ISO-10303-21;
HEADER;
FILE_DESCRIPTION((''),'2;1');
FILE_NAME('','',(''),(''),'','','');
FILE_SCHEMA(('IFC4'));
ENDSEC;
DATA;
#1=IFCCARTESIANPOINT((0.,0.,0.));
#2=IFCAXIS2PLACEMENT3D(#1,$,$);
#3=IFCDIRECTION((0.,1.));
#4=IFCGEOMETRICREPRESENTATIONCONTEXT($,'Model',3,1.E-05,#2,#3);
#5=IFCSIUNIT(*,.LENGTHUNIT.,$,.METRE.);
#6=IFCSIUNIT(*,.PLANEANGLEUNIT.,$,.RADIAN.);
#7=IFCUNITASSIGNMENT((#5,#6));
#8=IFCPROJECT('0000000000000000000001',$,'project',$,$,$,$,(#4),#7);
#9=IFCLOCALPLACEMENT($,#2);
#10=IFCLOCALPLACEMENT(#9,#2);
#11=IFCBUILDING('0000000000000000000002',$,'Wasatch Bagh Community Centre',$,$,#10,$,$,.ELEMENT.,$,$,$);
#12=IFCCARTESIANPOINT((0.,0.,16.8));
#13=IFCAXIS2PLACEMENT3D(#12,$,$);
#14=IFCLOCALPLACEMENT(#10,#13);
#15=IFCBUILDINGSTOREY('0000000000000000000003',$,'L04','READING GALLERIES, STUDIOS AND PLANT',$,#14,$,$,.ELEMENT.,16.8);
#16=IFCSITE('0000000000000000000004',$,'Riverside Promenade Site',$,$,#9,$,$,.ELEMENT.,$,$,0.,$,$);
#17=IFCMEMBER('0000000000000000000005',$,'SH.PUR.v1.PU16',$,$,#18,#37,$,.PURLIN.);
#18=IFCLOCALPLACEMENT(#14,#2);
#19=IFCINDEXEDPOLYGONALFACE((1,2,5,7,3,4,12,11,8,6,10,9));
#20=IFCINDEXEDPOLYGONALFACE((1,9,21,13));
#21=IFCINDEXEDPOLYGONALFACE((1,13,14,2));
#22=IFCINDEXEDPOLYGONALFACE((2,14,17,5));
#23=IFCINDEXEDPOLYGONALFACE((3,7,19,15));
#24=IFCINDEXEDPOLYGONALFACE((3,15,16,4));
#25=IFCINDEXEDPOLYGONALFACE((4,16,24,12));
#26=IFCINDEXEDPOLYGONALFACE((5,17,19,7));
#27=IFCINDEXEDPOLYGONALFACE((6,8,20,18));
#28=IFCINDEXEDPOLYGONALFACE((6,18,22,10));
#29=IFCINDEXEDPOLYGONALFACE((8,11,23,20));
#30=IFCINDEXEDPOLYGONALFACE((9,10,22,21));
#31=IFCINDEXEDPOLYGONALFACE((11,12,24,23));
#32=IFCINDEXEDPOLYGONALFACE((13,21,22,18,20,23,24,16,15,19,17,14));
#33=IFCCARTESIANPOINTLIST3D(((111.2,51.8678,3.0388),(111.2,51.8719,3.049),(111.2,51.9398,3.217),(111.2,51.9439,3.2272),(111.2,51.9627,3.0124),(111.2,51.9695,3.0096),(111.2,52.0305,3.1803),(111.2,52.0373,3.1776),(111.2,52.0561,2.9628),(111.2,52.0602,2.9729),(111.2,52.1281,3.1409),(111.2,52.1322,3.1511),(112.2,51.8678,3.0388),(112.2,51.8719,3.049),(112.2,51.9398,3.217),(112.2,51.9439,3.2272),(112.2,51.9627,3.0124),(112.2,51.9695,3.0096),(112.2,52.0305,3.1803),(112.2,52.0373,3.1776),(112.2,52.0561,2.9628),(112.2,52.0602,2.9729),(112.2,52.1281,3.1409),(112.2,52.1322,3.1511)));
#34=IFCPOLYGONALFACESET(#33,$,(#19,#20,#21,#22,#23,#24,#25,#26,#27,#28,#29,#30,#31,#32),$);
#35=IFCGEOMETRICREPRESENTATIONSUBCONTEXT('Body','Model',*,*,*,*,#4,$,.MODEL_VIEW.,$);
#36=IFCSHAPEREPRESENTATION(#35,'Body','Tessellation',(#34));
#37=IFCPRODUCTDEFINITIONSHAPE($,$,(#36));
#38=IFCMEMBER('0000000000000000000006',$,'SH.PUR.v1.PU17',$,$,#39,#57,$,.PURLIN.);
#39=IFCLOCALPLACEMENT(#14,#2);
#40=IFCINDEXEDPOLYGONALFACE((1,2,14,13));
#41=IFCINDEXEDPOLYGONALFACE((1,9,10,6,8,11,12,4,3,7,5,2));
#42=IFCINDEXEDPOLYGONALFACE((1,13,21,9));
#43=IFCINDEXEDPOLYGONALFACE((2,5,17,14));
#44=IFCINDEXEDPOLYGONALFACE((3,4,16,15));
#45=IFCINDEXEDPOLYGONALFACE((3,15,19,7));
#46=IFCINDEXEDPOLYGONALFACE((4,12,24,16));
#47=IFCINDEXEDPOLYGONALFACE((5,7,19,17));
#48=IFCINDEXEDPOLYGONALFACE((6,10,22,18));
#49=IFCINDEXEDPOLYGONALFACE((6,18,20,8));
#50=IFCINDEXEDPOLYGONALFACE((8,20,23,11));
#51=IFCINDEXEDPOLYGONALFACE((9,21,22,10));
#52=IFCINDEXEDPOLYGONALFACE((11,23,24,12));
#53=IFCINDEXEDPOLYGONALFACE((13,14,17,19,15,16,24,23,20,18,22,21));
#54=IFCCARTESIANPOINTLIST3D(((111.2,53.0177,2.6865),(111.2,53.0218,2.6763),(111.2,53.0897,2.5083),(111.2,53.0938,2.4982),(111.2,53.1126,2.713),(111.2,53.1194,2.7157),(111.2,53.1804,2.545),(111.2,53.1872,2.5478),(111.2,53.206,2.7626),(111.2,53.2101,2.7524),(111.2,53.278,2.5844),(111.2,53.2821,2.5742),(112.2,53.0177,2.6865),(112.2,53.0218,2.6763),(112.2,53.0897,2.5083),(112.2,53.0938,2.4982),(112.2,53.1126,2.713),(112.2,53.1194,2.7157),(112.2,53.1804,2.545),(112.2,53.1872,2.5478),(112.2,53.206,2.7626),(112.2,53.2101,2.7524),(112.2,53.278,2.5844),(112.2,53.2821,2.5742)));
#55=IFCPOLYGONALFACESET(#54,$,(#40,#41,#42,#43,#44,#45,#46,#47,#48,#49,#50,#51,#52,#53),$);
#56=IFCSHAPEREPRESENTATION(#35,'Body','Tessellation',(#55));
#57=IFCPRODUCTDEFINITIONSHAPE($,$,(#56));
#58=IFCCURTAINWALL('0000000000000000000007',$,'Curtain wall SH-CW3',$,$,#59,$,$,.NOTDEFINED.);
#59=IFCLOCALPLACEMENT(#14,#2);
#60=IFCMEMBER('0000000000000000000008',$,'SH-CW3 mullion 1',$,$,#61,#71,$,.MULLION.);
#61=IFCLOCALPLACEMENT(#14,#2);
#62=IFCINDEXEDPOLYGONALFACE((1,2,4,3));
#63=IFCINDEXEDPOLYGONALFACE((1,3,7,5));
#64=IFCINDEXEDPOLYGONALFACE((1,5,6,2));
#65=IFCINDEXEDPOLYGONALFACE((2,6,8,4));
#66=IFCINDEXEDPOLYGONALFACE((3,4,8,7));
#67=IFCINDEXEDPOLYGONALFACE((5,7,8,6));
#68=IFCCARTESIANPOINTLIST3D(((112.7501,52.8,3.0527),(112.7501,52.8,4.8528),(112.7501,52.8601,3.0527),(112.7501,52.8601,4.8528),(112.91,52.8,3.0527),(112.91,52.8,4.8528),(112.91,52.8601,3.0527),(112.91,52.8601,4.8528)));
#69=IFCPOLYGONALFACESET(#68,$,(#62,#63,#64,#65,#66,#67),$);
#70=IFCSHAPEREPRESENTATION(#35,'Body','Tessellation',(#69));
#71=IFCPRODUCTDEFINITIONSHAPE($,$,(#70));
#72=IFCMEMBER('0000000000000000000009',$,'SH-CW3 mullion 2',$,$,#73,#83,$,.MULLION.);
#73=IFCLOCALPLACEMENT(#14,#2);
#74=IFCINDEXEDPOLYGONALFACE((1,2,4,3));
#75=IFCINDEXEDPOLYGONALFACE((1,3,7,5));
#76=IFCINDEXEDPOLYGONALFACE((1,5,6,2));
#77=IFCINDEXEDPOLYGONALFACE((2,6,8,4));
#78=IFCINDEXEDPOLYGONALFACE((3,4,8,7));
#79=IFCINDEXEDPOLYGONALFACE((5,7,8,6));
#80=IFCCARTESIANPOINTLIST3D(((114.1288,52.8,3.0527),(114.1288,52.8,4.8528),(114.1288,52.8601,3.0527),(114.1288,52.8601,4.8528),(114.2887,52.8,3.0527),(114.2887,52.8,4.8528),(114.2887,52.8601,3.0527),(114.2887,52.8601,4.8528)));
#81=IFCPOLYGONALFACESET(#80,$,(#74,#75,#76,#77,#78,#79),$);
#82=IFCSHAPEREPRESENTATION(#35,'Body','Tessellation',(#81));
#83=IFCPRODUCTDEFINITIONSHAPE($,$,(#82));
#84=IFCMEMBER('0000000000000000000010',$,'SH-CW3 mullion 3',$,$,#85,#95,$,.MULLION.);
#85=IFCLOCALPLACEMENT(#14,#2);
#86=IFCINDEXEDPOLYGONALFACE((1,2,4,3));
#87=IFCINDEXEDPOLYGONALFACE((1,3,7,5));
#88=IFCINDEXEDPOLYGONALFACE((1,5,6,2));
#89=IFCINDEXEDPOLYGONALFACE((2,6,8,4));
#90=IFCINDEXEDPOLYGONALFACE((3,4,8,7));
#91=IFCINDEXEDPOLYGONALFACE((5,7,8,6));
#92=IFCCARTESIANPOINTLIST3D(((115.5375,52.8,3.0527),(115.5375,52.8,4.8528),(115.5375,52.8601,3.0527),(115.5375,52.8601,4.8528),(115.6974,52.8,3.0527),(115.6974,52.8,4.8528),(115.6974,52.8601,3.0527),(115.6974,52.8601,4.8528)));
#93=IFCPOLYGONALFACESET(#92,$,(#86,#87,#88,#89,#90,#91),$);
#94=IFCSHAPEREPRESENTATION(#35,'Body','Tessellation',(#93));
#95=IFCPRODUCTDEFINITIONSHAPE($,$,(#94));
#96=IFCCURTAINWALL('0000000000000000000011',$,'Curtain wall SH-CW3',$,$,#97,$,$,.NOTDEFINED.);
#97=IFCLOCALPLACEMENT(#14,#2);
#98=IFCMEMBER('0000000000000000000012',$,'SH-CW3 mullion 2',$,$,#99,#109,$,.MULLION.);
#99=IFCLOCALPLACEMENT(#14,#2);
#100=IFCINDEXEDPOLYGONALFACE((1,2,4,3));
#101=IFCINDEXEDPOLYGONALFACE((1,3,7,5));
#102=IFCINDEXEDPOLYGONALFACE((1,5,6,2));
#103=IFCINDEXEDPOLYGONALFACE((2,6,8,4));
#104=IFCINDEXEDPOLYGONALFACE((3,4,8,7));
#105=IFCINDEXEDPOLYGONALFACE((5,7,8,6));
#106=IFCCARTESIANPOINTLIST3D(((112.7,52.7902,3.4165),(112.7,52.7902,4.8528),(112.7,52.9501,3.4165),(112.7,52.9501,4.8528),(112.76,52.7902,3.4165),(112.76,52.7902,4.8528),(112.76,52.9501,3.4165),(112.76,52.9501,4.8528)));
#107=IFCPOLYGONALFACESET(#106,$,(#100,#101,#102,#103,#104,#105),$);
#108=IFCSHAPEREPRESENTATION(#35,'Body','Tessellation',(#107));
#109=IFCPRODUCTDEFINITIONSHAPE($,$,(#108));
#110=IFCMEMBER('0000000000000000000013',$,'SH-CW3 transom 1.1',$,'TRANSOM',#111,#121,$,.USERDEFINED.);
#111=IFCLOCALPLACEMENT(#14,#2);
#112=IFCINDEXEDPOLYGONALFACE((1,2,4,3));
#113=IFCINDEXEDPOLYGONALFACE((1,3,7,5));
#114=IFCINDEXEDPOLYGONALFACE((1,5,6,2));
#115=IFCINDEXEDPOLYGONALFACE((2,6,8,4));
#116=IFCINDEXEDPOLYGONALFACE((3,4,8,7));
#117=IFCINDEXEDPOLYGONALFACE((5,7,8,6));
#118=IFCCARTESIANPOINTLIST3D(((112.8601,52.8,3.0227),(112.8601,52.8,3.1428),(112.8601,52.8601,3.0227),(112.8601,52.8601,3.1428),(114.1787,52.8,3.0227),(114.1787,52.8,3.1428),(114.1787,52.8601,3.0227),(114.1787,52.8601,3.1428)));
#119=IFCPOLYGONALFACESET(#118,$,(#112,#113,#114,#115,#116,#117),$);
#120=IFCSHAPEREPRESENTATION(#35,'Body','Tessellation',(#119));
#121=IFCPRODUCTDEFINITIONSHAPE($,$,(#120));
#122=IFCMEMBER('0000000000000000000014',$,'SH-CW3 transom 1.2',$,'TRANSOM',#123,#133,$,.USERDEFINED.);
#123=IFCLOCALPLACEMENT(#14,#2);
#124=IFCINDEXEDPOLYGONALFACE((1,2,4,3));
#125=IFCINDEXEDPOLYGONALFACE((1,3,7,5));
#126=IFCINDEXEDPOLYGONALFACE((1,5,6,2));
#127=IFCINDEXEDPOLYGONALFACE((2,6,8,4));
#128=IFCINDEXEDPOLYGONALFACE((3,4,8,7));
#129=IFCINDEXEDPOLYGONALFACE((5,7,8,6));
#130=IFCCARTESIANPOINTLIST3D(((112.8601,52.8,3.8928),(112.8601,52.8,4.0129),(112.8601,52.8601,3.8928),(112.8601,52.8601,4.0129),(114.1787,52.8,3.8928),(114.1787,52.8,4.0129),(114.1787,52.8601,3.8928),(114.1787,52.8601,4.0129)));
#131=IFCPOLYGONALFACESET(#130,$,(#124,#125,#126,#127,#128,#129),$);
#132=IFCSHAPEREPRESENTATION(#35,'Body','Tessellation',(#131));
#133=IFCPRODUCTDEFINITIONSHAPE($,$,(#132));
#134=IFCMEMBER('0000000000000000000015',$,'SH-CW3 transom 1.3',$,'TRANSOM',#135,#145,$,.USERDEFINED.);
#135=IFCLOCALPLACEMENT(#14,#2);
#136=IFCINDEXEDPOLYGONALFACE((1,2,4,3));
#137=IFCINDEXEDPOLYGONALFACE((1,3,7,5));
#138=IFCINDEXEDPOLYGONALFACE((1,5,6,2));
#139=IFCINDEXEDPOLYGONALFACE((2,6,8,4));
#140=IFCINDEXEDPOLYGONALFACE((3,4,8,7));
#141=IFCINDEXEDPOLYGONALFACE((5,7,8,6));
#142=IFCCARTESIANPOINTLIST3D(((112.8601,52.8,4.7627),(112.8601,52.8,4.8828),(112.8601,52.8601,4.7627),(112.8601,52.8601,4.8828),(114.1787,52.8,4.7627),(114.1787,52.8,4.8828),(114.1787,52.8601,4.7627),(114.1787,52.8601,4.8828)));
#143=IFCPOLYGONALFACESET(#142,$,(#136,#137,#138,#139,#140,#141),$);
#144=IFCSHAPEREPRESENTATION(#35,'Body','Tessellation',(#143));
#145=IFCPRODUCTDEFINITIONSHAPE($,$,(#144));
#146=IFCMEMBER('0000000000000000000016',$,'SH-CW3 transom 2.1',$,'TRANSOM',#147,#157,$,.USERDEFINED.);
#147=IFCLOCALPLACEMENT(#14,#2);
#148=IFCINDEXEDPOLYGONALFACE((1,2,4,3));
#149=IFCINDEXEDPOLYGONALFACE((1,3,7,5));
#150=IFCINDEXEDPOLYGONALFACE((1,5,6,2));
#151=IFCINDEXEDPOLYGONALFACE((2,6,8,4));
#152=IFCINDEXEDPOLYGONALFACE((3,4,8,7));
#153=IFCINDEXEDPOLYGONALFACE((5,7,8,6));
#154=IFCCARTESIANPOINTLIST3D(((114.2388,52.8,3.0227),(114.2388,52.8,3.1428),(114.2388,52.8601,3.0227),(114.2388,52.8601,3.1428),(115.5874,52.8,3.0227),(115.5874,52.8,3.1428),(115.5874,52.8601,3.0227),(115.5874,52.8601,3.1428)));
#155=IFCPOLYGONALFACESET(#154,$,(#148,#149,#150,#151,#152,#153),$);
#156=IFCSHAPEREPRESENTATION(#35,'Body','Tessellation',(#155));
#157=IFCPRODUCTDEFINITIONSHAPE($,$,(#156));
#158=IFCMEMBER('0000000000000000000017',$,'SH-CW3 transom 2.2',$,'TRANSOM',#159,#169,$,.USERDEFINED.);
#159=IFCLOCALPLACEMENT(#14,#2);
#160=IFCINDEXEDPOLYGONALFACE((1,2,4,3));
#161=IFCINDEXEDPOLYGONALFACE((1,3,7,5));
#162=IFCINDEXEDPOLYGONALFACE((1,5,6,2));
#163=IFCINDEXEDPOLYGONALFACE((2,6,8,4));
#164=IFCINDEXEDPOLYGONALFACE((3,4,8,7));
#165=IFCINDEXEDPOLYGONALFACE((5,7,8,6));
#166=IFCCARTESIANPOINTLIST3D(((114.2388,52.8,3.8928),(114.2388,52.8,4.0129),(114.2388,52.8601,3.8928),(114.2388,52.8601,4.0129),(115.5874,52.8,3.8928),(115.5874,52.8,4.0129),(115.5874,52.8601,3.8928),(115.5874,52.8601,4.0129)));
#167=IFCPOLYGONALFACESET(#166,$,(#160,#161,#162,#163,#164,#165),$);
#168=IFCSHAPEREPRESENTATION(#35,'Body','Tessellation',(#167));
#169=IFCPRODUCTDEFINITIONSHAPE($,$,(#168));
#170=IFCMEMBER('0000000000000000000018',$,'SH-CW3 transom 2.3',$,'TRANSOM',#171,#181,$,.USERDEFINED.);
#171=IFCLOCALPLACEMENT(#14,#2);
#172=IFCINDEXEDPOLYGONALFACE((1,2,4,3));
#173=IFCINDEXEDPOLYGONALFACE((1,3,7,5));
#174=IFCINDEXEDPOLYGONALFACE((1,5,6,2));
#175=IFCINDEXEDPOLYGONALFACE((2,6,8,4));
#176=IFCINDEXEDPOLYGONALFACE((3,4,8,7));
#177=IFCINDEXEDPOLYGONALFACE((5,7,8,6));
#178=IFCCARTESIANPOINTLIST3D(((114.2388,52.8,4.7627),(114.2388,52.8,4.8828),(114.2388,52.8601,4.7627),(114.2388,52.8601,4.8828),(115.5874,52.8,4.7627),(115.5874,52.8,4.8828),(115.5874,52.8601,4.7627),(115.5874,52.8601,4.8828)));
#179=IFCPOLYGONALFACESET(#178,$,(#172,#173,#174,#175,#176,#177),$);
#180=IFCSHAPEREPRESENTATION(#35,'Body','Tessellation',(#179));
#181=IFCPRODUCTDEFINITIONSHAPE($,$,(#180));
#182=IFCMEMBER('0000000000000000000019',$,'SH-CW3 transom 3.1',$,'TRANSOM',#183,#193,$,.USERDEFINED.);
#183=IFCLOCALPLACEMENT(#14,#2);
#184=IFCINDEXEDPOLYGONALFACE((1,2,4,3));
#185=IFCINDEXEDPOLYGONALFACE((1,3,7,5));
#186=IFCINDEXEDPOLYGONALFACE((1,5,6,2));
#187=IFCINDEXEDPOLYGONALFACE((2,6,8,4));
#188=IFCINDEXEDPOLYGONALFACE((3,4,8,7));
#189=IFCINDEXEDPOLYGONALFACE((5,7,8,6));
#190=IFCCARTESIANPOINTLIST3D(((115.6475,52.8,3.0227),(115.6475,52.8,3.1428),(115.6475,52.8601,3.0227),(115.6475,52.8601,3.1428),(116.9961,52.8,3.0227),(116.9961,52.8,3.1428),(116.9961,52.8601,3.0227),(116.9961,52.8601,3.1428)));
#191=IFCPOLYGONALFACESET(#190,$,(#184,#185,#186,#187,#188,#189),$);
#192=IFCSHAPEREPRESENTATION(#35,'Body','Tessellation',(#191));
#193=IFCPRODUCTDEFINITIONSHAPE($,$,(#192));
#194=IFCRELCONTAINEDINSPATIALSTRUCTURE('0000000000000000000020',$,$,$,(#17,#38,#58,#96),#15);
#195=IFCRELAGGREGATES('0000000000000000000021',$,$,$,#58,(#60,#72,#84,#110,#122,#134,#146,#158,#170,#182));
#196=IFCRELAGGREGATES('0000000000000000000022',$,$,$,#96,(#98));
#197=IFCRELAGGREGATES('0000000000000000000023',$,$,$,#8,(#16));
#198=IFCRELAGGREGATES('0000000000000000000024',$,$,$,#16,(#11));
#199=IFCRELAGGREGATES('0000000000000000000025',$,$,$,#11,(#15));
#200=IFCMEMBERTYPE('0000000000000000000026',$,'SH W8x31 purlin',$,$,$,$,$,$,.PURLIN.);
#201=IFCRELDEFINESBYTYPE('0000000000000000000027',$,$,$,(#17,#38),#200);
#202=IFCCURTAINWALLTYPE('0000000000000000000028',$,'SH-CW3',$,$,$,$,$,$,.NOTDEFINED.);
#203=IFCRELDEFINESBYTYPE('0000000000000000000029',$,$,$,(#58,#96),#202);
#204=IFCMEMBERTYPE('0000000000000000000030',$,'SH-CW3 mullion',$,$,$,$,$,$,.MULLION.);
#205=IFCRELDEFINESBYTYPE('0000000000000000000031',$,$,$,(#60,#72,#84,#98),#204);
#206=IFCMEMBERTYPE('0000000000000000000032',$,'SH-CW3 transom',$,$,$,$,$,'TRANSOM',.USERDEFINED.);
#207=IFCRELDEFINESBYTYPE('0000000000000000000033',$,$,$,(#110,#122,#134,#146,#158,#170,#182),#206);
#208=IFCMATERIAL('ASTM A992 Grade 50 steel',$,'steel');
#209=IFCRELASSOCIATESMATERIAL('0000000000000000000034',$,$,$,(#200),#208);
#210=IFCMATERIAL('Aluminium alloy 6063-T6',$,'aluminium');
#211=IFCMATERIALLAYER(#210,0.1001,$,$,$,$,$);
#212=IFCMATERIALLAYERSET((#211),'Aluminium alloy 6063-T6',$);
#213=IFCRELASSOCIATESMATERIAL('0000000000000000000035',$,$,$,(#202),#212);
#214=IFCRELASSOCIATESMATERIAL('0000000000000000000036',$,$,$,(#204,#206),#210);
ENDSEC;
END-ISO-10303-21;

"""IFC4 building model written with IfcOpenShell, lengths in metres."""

from ifc_helpers import new_model, si_unit, direction, frame, origin, origin_2d, place, context, subcontext, project, spatial, rectangle, i_section, extrude, material, layer, layer_set, material_profile, profile_set, type_object, element, aggregate, save


model = new_model("IFC4")

# Units and contexts
model_context = context("Model", 3, precision=1e-05, world=origin(), true_north=direction((0.0, 1.0)))
body_context = subcontext(model_context, "Body", "Model", "MODEL_VIEW")
ifc_project = project(units=[si_unit("LENGTHUNIT", "METRE"), si_unit("PLANEANGLEUNIT", "RADIAN")], contexts=[model_context])

# Site, building, storey
site_placement = place(None, origin())
site = spatial("IfcSite", under=ifc_project, at=site_placement, Name="Riverside Promenade Site", CompositionType="ELEMENT", RefElevation=0.0)
building_placement = place(site_placement, origin())
building = spatial("IfcBuilding", under=site, at=building_placement, Name="Wasatch Bagh Community Centre", CompositionType="ELEMENT")
storey_placement = place(building_placement, frame((0.0, 0.0, 16.8)))
storey = spatial("IfcBuildingStorey", under=building, at=storey_placement, Name="L04", Description="READING GALLERIES, STUDIOS AND PLANT", CompositionType="ELEMENT", Elevation=16.8)

# Members
ifc_material_1 = material(Name="ASTM A992 Grade 50 steel", Category="steel")
ifc_material_profile_1 = material_profile(ifc_material_1, i_section(OverallWidth=0.2031, OverallDepth=0.2031, WebThickness=0.0073, FlangeThickness=0.011, at=origin_2d()), Name="W8x31")
ifc_profile_set_1 = profile_set([ifc_material_profile_1], Name="ASTM A992 Grade 50 steel")
member_type_1 = type_object("IfcMemberType", Name="SH W8x31 purlin", PredefinedType="PURLIN", material=ifc_profile_set_1)
for number, where, z_axis, x_axis, name in (
    (1, (111.2, 52.0, 3.095), (1.0, 0.0, 0.0), (0.0, 0.927184, -0.374607), "SH.PUR.v1.PU16"),
    (2, (111.2, 53.1499, 2.6304), (1.0, 0.0, 0.0), (0.0, 0.927184, 0.374607), "SH.PUR.v1.PU17"),
):
    element("IfcMember", number, at=place(storey_placement, frame(where, z_axis=z_axis, x_axis=x_axis)), inside=storey, type_object=member_type_1, Name=name, PredefinedType="PURLIN", context=body_context, shape_type="SweptSolid", body=[
        extrude(i_section(OverallWidth=0.2031, OverallDepth=0.2031, WebThickness=0.0073, FlangeThickness=0.011, at=origin_2d()), origin(), (0.0, 0.0, 1.0), 1.0),
    ])

# Curtain wall, members
ifc_material_2 = material(Name="Aluminium alloy 6063-T6", Category="aluminium")
ifc_layer_1 = layer(ifc_material_2, 0.1001)
ifc_layer_set_1 = layer_set([ifc_layer_1], Name="Aluminium alloy 6063-T6")
curtain_wall_type = type_object("IfcCurtainWallType", Name="SH-CW3", PredefinedType="NOTDEFINED", material=ifc_layer_set_1)
curtain_wall_1_placement = place(storey_placement, origin())
curtain_wall_1 = element("IfcCurtainWall", 3, at=curtain_wall_1_placement, inside=storey, type_object=curtain_wall_type, Name="Curtain wall SH-CW3", PredefinedType="NOTDEFINED")
ifc_material_profile_2 = material_profile(ifc_material_2, rectangle(XDim=0.0601, YDim=0.1599, at=origin_2d()), Name="AL 60x160")
ifc_profile_set_2 = profile_set([ifc_material_profile_2], Name="Aluminium alloy 6063-T6")
member_type_2 = type_object("IfcMemberType", Name="SH-CW3 mullion", PredefinedType="MULLION", material=ifc_profile_set_2)
member_1_placement = place(storey_placement, frame((112.8301, 52.8301, 3.0527), z_axis=(0.0, 0.0, 1.0), x_axis=(0.0, 1.0, 0.0)))
member_1 = element("IfcMember", 4, at=member_1_placement, type_object=member_type_2, Name="SH-CW3 mullion 1", PredefinedType="MULLION", context=body_context, shape_type="SweptSolid", body=[
    extrude(rectangle(XDim=0.0601, YDim=0.1599, at=origin_2d()), origin(), (0.0, 0.0, 1.0), 1.8),
])
member_2_placement = place(storey_placement, frame((114.2087, 52.8301, 3.0527), z_axis=(0.0, 0.0, 1.0), x_axis=(0.0, 1.0, 0.0)))
member_2 = element("IfcMember", 5, at=member_2_placement, type_object=member_type_2, Name="SH-CW3 mullion 2", PredefinedType="MULLION", context=body_context, shape_type="SweptSolid", body=[
    extrude(rectangle(XDim=0.0601, YDim=0.1599, at=origin_2d()), origin(), (0.0, 0.0, 1.0), 1.8),
])
member_3_placement = place(storey_placement, frame((115.6174, 52.8301, 3.0527), z_axis=(0.0, 0.0, 1.0), x_axis=(0.0, 1.0, 0.0)))
member_3 = element("IfcMember", 6, at=member_3_placement, type_object=member_type_2, Name="SH-CW3 mullion 3", PredefinedType="MULLION", context=body_context, shape_type="SweptSolid", body=[
    extrude(rectangle(XDim=0.0601, YDim=0.1599, at=origin_2d()), origin(), (0.0, 0.0, 1.0), 1.8),
])

# Curtain wall, member
curtain_wall_2_placement = place(storey_placement, origin())
curtain_wall_2 = element("IfcCurtainWall", 7, at=curtain_wall_2_placement, inside=storey, type_object=curtain_wall_type, Name="Curtain wall SH-CW3", PredefinedType="NOTDEFINED")
member_4_placement = place(storey_placement, frame((112.73, 52.8701, 3.4165), z_axis=(0.0, 0.0, 1.0), x_axis=(-1.0, 0.0, 0.0)))
member_4 = element("IfcMember", 8, at=member_4_placement, type_object=member_type_2, Name="SH-CW3 mullion 2", PredefinedType="MULLION", context=body_context, shape_type="SweptSolid", body=[
    extrude(rectangle(XDim=0.0601, YDim=0.1599, at=origin_2d()), origin(), (0.0, 0.0, 1.0), 1.4363),
])

# Members
ifc_material_profile_3 = material_profile(ifc_material_2, rectangle(XDim=0.0601, YDim=0.1201, at=origin_2d()), Name="AL 60x120")
ifc_profile_set_3 = profile_set([ifc_material_profile_3], Name="Aluminium alloy 6063-T6")
member_type_3 = type_object("IfcMemberType", Name="SH-CW3 transom", ElementType="TRANSOM", PredefinedType="USERDEFINED", material=ifc_profile_set_3)
member_5_placement = place(storey_placement, frame((112.8601, 52.8301, 3.0828), z_axis=(1.0, 0.0, 0.0), x_axis=(0.0, 1.0, 0.0)))
member_5 = element("IfcMember", 9, at=member_5_placement, type_object=member_type_3, Name="SH-CW3 transom 1.1", ObjectType="TRANSOM", PredefinedType="USERDEFINED", context=body_context, shape_type="SweptSolid", body=[
    extrude(rectangle(XDim=0.0601, YDim=0.1201, at=origin_2d()), origin(), (0.0, 0.0, 1.0), 1.3186),
])
member_6_placement = place(storey_placement, frame((112.8601, 52.8301, 3.9529), z_axis=(1.0, 0.0, 0.0), x_axis=(0.0, 1.0, 0.0)))
member_6 = element("IfcMember", 10, at=member_6_placement, type_object=member_type_3, Name="SH-CW3 transom 1.2", ObjectType="TRANSOM", PredefinedType="USERDEFINED", context=body_context, shape_type="SweptSolid", body=[
    extrude(rectangle(XDim=0.0601, YDim=0.1201, at=origin_2d()), origin(), (0.0, 0.0, 1.0), 1.3186),
])
member_7_placement = place(storey_placement, frame((112.8601, 52.8301, 4.8228), z_axis=(1.0, 0.0, 0.0), x_axis=(0.0, 1.0, 0.0)))
member_7 = element("IfcMember", 11, at=member_7_placement, type_object=member_type_3, Name="SH-CW3 transom 1.3", ObjectType="TRANSOM", PredefinedType="USERDEFINED", context=body_context, shape_type="SweptSolid", body=[
    extrude(rectangle(XDim=0.0601, YDim=0.1201, at=origin_2d()), origin(), (0.0, 0.0, 1.0), 1.3186),
])
member_8_placement = place(storey_placement, frame((114.2388, 52.8301, 3.0828), z_axis=(1.0, 0.0, 0.0), x_axis=(0.0, 1.0, 0.0)))
member_8 = element("IfcMember", 12, at=member_8_placement, type_object=member_type_3, Name="SH-CW3 transom 2.1", ObjectType="TRANSOM", PredefinedType="USERDEFINED", context=body_context, shape_type="SweptSolid", body=[
    extrude(rectangle(XDim=0.0601, YDim=0.1201, at=origin_2d()), origin(), (0.0, 0.0, 1.0), 1.3486),
])
member_9_placement = place(storey_placement, frame((114.2388, 52.8301, 3.9529), z_axis=(1.0, 0.0, 0.0), x_axis=(0.0, 1.0, 0.0)))
member_9 = element("IfcMember", 13, at=member_9_placement, type_object=member_type_3, Name="SH-CW3 transom 2.2", ObjectType="TRANSOM", PredefinedType="USERDEFINED", context=body_context, shape_type="SweptSolid", body=[
    extrude(rectangle(XDim=0.0601, YDim=0.1201, at=origin_2d()), origin(), (0.0, 0.0, 1.0), 1.3486),
])
member_10_placement = place(storey_placement, frame((114.2388, 52.8301, 4.8228), z_axis=(1.0, 0.0, 0.0), x_axis=(0.0, 1.0, 0.0)))
member_10 = element("IfcMember", 14, at=member_10_placement, type_object=member_type_3, Name="SH-CW3 transom 2.3", ObjectType="TRANSOM", PredefinedType="USERDEFINED", context=body_context, shape_type="SweptSolid", body=[
    extrude(rectangle(XDim=0.0601, YDim=0.1201, at=origin_2d()), origin(), (0.0, 0.0, 1.0), 1.3486),
])
member_11_placement = place(storey_placement, frame((115.6475, 52.8301, 3.0828), z_axis=(1.0, 0.0, 0.0), x_axis=(0.0, 1.0, 0.0)))
member_11 = element("IfcMember", 15, at=member_11_placement, type_object=member_type_3, Name="SH-CW3 transom 3.1", ObjectType="TRANSOM", PredefinedType="USERDEFINED", context=body_context, shape_type="SweptSolid", body=[
    extrude(rectangle(XDim=0.0601, YDim=0.1201, at=origin_2d()), origin(), (0.0, 0.0, 1.0), 1.3486),
])

aggregate(curtain_wall_1, [member_1, member_2, member_3, member_5, member_6, member_7, member_8, member_9, member_10, member_11])
aggregate(curtain_wall_2, [member_4])

save(model, "model.ifc")
